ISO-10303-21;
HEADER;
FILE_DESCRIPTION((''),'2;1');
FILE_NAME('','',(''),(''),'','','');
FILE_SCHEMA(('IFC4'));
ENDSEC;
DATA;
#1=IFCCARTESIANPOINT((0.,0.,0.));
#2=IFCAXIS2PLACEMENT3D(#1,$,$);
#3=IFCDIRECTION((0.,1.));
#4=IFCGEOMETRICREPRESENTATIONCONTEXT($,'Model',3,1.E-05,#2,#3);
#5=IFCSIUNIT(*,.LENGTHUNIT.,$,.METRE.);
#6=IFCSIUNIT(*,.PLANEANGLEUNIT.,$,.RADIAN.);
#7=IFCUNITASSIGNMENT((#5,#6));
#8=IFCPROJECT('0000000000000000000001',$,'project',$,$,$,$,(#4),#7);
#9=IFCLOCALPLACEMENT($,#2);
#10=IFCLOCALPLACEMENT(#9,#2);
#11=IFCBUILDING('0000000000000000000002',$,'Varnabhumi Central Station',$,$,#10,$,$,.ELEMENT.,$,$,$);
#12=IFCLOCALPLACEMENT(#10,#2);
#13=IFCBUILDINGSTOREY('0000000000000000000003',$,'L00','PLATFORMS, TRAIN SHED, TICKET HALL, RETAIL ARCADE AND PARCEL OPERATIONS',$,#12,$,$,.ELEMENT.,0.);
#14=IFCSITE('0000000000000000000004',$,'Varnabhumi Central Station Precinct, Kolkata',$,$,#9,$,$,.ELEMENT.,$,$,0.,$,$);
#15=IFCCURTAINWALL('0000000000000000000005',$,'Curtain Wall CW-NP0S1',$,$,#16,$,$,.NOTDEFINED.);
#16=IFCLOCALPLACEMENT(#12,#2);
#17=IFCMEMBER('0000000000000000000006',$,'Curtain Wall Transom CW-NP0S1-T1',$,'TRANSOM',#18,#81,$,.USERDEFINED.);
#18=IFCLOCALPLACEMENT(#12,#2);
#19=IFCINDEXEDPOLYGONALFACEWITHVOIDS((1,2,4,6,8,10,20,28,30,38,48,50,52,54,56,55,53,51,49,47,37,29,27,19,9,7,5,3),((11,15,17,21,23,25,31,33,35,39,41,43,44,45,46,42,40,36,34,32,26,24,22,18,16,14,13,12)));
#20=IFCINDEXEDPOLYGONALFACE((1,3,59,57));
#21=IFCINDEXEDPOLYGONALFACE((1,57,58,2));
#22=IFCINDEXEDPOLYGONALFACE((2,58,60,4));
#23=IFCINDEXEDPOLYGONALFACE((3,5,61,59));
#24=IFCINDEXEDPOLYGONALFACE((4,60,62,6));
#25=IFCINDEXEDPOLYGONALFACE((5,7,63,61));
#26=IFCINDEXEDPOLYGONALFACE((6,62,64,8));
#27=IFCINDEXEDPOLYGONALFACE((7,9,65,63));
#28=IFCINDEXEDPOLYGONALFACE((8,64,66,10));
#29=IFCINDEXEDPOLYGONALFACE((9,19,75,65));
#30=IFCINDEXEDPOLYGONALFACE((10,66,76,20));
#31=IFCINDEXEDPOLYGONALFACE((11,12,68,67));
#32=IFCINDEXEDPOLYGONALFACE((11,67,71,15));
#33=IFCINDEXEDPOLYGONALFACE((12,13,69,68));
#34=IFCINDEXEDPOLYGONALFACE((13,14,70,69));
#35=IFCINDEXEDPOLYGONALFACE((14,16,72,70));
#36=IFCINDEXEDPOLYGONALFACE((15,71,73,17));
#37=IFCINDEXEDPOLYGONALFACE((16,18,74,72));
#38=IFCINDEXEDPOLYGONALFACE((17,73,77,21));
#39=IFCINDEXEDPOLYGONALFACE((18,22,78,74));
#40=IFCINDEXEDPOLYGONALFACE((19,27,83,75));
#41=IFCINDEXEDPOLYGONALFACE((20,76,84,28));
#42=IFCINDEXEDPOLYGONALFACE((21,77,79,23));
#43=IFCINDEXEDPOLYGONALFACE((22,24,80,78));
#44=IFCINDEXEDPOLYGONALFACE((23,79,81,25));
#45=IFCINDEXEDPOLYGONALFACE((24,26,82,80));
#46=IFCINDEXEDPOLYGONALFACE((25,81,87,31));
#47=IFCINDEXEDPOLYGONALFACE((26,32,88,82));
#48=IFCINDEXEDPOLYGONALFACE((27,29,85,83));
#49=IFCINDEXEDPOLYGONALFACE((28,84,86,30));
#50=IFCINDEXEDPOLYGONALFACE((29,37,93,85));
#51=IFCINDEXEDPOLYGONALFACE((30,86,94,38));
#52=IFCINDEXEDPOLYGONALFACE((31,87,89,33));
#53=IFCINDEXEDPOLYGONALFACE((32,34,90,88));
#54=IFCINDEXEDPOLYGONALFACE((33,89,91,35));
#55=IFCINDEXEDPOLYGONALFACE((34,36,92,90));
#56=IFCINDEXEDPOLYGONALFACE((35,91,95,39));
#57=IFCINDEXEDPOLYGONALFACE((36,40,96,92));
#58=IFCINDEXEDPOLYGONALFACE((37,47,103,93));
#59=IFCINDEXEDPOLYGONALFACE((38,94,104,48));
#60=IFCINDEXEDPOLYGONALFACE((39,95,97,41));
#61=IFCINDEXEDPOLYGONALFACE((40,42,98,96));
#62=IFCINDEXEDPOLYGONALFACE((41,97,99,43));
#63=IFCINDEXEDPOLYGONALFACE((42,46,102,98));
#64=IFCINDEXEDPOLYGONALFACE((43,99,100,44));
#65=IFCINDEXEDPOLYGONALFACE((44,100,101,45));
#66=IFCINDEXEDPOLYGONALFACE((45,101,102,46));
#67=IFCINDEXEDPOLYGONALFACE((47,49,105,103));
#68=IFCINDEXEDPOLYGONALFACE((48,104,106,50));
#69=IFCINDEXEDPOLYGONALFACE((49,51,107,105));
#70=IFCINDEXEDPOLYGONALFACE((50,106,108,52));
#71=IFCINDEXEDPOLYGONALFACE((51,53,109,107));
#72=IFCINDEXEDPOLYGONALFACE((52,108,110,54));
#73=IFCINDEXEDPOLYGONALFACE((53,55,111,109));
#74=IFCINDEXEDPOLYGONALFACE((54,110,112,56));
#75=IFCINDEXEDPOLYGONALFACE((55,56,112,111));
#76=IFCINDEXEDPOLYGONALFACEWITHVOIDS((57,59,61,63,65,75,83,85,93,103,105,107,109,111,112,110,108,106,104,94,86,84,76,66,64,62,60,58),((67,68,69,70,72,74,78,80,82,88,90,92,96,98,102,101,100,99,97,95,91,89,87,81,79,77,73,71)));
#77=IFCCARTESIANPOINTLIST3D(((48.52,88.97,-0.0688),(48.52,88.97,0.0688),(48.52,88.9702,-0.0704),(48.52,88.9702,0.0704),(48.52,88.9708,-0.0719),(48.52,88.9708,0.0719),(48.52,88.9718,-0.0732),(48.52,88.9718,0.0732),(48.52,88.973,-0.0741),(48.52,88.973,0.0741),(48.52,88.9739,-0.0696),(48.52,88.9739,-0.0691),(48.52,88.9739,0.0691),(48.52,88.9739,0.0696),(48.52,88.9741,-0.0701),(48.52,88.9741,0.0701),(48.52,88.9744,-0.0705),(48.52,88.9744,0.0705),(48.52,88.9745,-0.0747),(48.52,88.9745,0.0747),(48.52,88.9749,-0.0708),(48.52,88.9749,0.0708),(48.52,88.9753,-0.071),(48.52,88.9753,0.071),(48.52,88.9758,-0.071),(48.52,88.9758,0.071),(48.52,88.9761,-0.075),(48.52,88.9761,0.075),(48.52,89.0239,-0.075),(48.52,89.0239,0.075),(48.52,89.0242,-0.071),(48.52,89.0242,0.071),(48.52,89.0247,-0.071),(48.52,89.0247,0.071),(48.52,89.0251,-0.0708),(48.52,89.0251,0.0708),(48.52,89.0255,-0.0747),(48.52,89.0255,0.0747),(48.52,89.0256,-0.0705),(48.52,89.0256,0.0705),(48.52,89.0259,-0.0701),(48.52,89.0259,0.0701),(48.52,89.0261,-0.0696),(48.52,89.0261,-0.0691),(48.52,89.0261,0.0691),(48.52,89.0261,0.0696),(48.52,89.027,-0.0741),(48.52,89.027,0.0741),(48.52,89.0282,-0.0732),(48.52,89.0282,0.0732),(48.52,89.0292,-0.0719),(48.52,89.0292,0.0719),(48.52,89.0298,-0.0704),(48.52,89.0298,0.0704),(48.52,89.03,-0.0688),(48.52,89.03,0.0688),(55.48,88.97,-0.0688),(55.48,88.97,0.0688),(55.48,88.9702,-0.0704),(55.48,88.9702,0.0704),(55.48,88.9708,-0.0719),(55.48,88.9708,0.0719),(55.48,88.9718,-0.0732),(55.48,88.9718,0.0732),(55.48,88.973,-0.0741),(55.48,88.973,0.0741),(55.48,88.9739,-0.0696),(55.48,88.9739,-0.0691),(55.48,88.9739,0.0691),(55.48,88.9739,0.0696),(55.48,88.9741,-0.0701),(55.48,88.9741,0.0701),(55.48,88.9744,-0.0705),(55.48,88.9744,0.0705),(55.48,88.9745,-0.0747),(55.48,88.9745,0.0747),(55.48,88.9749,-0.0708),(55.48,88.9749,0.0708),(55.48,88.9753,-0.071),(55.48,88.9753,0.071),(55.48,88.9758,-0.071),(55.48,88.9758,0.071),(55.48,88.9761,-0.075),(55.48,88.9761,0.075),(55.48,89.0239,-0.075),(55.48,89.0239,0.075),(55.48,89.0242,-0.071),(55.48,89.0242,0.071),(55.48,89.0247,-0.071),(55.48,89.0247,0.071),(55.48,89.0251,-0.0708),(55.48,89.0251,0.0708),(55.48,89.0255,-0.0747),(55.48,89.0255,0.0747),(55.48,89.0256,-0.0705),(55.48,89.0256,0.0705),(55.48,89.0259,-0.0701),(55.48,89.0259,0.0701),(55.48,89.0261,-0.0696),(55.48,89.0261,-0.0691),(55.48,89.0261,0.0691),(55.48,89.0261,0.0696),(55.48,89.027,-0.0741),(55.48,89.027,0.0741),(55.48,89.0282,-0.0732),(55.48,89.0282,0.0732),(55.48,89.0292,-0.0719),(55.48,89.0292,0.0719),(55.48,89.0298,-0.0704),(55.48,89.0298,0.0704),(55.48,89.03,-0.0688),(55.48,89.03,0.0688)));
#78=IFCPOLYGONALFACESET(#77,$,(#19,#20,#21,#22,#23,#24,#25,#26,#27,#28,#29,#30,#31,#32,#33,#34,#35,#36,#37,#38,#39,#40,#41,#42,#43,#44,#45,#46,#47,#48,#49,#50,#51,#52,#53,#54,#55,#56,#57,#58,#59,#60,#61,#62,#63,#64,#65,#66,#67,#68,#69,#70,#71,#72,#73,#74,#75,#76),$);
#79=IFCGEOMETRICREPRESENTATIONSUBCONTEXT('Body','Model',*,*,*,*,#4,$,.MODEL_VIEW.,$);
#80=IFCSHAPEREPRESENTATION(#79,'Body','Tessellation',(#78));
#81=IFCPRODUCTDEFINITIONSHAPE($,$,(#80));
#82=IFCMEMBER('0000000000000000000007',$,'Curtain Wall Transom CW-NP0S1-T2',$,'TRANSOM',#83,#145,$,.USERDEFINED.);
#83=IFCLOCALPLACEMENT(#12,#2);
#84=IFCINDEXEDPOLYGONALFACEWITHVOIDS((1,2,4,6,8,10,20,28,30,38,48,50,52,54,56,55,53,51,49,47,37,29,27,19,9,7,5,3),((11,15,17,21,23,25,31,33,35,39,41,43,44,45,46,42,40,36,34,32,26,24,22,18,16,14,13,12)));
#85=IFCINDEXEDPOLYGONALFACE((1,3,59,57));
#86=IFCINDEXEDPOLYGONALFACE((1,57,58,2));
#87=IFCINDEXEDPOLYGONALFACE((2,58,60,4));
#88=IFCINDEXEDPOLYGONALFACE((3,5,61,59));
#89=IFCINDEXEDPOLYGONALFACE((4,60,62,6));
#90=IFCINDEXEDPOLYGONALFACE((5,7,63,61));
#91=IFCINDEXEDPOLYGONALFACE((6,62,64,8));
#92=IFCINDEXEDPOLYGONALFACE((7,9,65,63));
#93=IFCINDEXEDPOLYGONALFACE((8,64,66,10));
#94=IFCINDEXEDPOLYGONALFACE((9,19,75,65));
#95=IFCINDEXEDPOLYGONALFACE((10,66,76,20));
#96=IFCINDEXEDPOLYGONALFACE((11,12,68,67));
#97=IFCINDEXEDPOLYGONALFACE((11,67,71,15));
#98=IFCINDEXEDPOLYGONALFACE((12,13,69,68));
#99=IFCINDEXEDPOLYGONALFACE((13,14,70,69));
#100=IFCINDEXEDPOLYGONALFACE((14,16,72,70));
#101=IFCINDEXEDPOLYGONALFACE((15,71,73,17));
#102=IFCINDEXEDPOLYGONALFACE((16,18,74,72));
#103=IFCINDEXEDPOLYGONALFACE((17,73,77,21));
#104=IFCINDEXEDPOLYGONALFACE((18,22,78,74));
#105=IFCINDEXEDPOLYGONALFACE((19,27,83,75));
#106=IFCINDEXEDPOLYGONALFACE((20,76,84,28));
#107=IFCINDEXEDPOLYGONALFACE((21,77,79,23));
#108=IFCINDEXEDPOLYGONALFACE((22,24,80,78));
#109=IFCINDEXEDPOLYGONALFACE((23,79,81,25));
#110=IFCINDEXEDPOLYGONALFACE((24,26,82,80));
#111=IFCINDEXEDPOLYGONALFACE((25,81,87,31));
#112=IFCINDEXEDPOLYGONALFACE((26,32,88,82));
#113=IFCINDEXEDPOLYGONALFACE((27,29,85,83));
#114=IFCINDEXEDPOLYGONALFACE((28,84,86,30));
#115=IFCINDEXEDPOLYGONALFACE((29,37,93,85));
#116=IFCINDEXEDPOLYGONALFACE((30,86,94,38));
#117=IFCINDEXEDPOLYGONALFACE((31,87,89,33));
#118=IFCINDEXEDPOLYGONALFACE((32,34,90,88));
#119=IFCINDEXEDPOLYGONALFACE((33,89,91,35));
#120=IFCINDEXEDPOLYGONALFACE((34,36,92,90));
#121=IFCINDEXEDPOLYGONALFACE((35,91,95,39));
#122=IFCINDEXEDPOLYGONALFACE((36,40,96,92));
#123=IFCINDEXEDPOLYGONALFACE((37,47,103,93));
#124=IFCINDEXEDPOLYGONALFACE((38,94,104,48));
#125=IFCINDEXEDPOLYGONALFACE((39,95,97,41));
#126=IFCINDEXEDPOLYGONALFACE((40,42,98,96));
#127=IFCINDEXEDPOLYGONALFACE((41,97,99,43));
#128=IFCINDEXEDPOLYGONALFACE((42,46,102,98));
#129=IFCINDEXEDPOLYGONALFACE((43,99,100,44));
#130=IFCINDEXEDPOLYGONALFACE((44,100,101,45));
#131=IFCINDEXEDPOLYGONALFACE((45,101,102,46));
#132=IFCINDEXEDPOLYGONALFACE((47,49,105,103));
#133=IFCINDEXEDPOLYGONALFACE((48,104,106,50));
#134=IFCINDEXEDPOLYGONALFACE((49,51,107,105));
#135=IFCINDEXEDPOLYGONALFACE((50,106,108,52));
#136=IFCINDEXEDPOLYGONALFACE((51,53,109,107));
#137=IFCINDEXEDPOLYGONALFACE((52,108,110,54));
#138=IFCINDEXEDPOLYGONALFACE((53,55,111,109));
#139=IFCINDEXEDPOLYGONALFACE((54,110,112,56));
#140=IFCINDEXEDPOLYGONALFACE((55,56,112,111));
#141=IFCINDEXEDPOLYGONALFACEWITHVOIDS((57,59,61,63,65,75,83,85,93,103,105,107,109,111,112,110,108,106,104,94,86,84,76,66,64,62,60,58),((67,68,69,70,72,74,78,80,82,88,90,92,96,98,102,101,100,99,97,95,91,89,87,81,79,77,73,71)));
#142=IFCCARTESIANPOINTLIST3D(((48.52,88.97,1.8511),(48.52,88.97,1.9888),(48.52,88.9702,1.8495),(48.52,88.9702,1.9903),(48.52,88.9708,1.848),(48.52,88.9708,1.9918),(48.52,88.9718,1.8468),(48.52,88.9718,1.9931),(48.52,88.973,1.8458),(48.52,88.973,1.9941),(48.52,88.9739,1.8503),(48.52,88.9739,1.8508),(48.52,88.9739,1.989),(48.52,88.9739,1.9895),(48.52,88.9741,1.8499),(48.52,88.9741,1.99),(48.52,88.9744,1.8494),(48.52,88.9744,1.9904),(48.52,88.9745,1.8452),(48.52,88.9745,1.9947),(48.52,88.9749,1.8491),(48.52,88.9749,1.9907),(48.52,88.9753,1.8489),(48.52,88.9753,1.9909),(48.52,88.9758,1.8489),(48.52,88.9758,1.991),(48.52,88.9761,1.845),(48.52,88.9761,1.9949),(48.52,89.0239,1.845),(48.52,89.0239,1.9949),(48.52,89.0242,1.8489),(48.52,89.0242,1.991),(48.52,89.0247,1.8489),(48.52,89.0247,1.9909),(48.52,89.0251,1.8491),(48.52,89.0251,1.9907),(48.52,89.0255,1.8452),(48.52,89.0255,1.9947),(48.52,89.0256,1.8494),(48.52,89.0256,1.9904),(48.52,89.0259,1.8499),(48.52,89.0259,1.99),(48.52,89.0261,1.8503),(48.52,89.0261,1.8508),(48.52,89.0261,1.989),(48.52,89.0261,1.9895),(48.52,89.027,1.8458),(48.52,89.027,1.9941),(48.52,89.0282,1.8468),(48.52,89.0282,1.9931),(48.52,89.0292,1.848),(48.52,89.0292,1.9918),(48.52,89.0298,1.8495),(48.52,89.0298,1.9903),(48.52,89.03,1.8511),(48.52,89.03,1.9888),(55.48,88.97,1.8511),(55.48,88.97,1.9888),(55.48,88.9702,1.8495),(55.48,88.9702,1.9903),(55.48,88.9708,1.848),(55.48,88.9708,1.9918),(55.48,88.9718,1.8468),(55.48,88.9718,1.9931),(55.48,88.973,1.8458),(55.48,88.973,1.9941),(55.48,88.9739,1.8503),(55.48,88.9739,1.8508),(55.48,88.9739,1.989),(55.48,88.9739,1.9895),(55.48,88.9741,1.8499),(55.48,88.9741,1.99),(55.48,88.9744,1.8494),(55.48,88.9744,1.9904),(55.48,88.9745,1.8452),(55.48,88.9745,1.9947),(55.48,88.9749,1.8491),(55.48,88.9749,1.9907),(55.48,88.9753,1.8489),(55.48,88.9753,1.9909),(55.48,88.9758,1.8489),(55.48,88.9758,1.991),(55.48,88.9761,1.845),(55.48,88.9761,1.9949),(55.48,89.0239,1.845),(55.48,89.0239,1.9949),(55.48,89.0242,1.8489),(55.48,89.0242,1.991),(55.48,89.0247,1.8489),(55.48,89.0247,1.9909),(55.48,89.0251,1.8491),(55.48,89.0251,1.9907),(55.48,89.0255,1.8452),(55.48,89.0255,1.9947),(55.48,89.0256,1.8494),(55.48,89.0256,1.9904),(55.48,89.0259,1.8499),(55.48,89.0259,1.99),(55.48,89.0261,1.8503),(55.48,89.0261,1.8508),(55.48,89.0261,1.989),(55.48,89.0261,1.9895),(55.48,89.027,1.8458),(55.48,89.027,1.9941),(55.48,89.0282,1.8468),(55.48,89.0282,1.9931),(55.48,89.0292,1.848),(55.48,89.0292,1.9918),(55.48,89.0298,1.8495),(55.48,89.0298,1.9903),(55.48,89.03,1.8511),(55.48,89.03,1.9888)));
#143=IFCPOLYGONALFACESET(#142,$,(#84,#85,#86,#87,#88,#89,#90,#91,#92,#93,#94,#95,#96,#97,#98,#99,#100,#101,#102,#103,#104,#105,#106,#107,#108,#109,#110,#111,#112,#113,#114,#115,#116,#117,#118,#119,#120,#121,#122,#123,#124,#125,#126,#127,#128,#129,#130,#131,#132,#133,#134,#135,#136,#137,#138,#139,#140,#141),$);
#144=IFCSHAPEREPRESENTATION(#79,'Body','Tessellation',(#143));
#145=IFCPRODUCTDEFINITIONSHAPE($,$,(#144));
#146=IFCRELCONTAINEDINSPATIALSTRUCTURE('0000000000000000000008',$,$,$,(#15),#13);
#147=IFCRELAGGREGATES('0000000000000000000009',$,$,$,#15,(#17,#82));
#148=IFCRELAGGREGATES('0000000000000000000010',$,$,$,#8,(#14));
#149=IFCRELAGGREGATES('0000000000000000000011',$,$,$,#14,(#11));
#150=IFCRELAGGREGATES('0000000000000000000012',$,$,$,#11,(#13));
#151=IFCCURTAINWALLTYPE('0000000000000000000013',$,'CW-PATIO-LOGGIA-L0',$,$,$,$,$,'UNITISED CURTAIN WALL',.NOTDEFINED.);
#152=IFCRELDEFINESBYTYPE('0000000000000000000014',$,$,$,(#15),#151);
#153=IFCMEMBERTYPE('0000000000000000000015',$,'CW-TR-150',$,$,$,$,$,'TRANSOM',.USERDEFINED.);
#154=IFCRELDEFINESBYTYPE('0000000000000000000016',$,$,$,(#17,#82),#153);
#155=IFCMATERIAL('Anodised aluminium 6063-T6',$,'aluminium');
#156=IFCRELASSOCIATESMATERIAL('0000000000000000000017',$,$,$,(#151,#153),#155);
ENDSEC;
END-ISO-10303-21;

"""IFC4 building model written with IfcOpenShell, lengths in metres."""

from ifc_helpers import new_model, si_unit, direction, frame, origin, origin_2d, place, context, subcontext, project, spatial, hollow_rectangle, extrude, material, material_profile, profile_set, type_object, element, aggregate, save


model = new_model("IFC4")

# Units and contexts
model_context = context("Model", 3, precision=1e-05, world=origin(), true_north=direction((0.0, 1.0)))
body_context = subcontext(model_context, "Body", "Model", "MODEL_VIEW")
ifc_project = project(units=[si_unit("LENGTHUNIT", "METRE"), si_unit("PLANEANGLEUNIT", "RADIAN")], contexts=[model_context])

# Site, building, storey
site_placement = place(None, origin())
site = spatial("IfcSite", under=ifc_project, at=site_placement, Name="Varnabhumi Central Station Precinct, Kolkata", CompositionType="ELEMENT", RefElevation=0.0)
building_placement = place(site_placement, origin())
building = spatial("IfcBuilding", under=site, at=building_placement, Name="Varnabhumi Central Station", CompositionType="ELEMENT")
storey_placement = place(building_placement, origin())
storey = spatial("IfcBuildingStorey", under=building, at=storey_placement, Name="L00", Description="PLATFORMS, TRAIN SHED, TICKET HALL, RETAIL ARCADE AND PARCEL OPERATIONS", CompositionType="ELEMENT", Elevation=0.0)

# Curtain wall, members
ifc_material_1 = material(Name="Anodised aluminium 6063-T6", Category="aluminium")
curtain_wall_type = type_object("IfcCurtainWallType", Name="CW-PATIO-LOGGIA-L0", ElementType="UNITISED CURTAIN WALL", PredefinedType="NOTDEFINED", material=ifc_material_1)
curtain_wall_placement = place(storey_placement, origin())
curtain_wall = element("IfcCurtainWall", 1, at=curtain_wall_placement, inside=storey, type_object=curtain_wall_type, Name="Curtain Wall CW-NP0S1", PredefinedType="NOTDEFINED")
ifc_material_profile_1 = material_profile(ifc_material_1, hollow_rectangle(XDim=0.0601, YDim=0.1499, WallThickness=0.0039, InnerFilletRadius=0.002, OuterFilletRadius=0.0061, at=origin_2d()), Name="Anodised aluminium 6063-T6", Category="aluminium")
ifc_profile_set_1 = profile_set([ifc_material_profile_1], Name="Anodised aluminium 6063-T6")
member_type_1 = type_object("IfcMemberType", Name="CW-TR-150", ElementType="TRANSOM", PredefinedType="USERDEFINED", material=ifc_profile_set_1)
member_1_placement = place(storey_placement, frame((48.52, 89.0, 0.0), z_axis=(1.0, 0.0, 0.0), x_axis=(0.0, 1.0, 0.0)))
member_1 = element("IfcMember", 2, at=member_1_placement, type_object=member_type_1, Name="Curtain Wall Transom CW-NP0S1-T1", ObjectType="TRANSOM", PredefinedType="USERDEFINED", context=body_context, shape_type="SweptSolid", body=[
    extrude(hollow_rectangle(XDim=0.0601, YDim=0.1499, WallThickness=0.0039, InnerFilletRadius=0.002, OuterFilletRadius=0.0061, at=origin_2d()), origin(), (0.0, 0.0, 1.0), 6.96),
])
member_2_placement = place(storey_placement, frame((48.52, 89.0, 1.9199), z_axis=(1.0, 0.0, 0.0), x_axis=(0.0, 1.0, 0.0)))
member_2 = element("IfcMember", 3, at=member_2_placement, type_object=member_type_1, Name="Curtain Wall Transom CW-NP0S1-T2", ObjectType="TRANSOM", PredefinedType="USERDEFINED", context=body_context, shape_type="SweptSolid", body=[
    extrude(hollow_rectangle(XDim=0.0601, YDim=0.1499, WallThickness=0.0039, InnerFilletRadius=0.002, OuterFilletRadius=0.0061, at=origin_2d()), origin(), (0.0, 0.0, 1.0), 6.96),
])
aggregate(curtain_wall, [member_1, member_2])

save(model, "model.ifc")
